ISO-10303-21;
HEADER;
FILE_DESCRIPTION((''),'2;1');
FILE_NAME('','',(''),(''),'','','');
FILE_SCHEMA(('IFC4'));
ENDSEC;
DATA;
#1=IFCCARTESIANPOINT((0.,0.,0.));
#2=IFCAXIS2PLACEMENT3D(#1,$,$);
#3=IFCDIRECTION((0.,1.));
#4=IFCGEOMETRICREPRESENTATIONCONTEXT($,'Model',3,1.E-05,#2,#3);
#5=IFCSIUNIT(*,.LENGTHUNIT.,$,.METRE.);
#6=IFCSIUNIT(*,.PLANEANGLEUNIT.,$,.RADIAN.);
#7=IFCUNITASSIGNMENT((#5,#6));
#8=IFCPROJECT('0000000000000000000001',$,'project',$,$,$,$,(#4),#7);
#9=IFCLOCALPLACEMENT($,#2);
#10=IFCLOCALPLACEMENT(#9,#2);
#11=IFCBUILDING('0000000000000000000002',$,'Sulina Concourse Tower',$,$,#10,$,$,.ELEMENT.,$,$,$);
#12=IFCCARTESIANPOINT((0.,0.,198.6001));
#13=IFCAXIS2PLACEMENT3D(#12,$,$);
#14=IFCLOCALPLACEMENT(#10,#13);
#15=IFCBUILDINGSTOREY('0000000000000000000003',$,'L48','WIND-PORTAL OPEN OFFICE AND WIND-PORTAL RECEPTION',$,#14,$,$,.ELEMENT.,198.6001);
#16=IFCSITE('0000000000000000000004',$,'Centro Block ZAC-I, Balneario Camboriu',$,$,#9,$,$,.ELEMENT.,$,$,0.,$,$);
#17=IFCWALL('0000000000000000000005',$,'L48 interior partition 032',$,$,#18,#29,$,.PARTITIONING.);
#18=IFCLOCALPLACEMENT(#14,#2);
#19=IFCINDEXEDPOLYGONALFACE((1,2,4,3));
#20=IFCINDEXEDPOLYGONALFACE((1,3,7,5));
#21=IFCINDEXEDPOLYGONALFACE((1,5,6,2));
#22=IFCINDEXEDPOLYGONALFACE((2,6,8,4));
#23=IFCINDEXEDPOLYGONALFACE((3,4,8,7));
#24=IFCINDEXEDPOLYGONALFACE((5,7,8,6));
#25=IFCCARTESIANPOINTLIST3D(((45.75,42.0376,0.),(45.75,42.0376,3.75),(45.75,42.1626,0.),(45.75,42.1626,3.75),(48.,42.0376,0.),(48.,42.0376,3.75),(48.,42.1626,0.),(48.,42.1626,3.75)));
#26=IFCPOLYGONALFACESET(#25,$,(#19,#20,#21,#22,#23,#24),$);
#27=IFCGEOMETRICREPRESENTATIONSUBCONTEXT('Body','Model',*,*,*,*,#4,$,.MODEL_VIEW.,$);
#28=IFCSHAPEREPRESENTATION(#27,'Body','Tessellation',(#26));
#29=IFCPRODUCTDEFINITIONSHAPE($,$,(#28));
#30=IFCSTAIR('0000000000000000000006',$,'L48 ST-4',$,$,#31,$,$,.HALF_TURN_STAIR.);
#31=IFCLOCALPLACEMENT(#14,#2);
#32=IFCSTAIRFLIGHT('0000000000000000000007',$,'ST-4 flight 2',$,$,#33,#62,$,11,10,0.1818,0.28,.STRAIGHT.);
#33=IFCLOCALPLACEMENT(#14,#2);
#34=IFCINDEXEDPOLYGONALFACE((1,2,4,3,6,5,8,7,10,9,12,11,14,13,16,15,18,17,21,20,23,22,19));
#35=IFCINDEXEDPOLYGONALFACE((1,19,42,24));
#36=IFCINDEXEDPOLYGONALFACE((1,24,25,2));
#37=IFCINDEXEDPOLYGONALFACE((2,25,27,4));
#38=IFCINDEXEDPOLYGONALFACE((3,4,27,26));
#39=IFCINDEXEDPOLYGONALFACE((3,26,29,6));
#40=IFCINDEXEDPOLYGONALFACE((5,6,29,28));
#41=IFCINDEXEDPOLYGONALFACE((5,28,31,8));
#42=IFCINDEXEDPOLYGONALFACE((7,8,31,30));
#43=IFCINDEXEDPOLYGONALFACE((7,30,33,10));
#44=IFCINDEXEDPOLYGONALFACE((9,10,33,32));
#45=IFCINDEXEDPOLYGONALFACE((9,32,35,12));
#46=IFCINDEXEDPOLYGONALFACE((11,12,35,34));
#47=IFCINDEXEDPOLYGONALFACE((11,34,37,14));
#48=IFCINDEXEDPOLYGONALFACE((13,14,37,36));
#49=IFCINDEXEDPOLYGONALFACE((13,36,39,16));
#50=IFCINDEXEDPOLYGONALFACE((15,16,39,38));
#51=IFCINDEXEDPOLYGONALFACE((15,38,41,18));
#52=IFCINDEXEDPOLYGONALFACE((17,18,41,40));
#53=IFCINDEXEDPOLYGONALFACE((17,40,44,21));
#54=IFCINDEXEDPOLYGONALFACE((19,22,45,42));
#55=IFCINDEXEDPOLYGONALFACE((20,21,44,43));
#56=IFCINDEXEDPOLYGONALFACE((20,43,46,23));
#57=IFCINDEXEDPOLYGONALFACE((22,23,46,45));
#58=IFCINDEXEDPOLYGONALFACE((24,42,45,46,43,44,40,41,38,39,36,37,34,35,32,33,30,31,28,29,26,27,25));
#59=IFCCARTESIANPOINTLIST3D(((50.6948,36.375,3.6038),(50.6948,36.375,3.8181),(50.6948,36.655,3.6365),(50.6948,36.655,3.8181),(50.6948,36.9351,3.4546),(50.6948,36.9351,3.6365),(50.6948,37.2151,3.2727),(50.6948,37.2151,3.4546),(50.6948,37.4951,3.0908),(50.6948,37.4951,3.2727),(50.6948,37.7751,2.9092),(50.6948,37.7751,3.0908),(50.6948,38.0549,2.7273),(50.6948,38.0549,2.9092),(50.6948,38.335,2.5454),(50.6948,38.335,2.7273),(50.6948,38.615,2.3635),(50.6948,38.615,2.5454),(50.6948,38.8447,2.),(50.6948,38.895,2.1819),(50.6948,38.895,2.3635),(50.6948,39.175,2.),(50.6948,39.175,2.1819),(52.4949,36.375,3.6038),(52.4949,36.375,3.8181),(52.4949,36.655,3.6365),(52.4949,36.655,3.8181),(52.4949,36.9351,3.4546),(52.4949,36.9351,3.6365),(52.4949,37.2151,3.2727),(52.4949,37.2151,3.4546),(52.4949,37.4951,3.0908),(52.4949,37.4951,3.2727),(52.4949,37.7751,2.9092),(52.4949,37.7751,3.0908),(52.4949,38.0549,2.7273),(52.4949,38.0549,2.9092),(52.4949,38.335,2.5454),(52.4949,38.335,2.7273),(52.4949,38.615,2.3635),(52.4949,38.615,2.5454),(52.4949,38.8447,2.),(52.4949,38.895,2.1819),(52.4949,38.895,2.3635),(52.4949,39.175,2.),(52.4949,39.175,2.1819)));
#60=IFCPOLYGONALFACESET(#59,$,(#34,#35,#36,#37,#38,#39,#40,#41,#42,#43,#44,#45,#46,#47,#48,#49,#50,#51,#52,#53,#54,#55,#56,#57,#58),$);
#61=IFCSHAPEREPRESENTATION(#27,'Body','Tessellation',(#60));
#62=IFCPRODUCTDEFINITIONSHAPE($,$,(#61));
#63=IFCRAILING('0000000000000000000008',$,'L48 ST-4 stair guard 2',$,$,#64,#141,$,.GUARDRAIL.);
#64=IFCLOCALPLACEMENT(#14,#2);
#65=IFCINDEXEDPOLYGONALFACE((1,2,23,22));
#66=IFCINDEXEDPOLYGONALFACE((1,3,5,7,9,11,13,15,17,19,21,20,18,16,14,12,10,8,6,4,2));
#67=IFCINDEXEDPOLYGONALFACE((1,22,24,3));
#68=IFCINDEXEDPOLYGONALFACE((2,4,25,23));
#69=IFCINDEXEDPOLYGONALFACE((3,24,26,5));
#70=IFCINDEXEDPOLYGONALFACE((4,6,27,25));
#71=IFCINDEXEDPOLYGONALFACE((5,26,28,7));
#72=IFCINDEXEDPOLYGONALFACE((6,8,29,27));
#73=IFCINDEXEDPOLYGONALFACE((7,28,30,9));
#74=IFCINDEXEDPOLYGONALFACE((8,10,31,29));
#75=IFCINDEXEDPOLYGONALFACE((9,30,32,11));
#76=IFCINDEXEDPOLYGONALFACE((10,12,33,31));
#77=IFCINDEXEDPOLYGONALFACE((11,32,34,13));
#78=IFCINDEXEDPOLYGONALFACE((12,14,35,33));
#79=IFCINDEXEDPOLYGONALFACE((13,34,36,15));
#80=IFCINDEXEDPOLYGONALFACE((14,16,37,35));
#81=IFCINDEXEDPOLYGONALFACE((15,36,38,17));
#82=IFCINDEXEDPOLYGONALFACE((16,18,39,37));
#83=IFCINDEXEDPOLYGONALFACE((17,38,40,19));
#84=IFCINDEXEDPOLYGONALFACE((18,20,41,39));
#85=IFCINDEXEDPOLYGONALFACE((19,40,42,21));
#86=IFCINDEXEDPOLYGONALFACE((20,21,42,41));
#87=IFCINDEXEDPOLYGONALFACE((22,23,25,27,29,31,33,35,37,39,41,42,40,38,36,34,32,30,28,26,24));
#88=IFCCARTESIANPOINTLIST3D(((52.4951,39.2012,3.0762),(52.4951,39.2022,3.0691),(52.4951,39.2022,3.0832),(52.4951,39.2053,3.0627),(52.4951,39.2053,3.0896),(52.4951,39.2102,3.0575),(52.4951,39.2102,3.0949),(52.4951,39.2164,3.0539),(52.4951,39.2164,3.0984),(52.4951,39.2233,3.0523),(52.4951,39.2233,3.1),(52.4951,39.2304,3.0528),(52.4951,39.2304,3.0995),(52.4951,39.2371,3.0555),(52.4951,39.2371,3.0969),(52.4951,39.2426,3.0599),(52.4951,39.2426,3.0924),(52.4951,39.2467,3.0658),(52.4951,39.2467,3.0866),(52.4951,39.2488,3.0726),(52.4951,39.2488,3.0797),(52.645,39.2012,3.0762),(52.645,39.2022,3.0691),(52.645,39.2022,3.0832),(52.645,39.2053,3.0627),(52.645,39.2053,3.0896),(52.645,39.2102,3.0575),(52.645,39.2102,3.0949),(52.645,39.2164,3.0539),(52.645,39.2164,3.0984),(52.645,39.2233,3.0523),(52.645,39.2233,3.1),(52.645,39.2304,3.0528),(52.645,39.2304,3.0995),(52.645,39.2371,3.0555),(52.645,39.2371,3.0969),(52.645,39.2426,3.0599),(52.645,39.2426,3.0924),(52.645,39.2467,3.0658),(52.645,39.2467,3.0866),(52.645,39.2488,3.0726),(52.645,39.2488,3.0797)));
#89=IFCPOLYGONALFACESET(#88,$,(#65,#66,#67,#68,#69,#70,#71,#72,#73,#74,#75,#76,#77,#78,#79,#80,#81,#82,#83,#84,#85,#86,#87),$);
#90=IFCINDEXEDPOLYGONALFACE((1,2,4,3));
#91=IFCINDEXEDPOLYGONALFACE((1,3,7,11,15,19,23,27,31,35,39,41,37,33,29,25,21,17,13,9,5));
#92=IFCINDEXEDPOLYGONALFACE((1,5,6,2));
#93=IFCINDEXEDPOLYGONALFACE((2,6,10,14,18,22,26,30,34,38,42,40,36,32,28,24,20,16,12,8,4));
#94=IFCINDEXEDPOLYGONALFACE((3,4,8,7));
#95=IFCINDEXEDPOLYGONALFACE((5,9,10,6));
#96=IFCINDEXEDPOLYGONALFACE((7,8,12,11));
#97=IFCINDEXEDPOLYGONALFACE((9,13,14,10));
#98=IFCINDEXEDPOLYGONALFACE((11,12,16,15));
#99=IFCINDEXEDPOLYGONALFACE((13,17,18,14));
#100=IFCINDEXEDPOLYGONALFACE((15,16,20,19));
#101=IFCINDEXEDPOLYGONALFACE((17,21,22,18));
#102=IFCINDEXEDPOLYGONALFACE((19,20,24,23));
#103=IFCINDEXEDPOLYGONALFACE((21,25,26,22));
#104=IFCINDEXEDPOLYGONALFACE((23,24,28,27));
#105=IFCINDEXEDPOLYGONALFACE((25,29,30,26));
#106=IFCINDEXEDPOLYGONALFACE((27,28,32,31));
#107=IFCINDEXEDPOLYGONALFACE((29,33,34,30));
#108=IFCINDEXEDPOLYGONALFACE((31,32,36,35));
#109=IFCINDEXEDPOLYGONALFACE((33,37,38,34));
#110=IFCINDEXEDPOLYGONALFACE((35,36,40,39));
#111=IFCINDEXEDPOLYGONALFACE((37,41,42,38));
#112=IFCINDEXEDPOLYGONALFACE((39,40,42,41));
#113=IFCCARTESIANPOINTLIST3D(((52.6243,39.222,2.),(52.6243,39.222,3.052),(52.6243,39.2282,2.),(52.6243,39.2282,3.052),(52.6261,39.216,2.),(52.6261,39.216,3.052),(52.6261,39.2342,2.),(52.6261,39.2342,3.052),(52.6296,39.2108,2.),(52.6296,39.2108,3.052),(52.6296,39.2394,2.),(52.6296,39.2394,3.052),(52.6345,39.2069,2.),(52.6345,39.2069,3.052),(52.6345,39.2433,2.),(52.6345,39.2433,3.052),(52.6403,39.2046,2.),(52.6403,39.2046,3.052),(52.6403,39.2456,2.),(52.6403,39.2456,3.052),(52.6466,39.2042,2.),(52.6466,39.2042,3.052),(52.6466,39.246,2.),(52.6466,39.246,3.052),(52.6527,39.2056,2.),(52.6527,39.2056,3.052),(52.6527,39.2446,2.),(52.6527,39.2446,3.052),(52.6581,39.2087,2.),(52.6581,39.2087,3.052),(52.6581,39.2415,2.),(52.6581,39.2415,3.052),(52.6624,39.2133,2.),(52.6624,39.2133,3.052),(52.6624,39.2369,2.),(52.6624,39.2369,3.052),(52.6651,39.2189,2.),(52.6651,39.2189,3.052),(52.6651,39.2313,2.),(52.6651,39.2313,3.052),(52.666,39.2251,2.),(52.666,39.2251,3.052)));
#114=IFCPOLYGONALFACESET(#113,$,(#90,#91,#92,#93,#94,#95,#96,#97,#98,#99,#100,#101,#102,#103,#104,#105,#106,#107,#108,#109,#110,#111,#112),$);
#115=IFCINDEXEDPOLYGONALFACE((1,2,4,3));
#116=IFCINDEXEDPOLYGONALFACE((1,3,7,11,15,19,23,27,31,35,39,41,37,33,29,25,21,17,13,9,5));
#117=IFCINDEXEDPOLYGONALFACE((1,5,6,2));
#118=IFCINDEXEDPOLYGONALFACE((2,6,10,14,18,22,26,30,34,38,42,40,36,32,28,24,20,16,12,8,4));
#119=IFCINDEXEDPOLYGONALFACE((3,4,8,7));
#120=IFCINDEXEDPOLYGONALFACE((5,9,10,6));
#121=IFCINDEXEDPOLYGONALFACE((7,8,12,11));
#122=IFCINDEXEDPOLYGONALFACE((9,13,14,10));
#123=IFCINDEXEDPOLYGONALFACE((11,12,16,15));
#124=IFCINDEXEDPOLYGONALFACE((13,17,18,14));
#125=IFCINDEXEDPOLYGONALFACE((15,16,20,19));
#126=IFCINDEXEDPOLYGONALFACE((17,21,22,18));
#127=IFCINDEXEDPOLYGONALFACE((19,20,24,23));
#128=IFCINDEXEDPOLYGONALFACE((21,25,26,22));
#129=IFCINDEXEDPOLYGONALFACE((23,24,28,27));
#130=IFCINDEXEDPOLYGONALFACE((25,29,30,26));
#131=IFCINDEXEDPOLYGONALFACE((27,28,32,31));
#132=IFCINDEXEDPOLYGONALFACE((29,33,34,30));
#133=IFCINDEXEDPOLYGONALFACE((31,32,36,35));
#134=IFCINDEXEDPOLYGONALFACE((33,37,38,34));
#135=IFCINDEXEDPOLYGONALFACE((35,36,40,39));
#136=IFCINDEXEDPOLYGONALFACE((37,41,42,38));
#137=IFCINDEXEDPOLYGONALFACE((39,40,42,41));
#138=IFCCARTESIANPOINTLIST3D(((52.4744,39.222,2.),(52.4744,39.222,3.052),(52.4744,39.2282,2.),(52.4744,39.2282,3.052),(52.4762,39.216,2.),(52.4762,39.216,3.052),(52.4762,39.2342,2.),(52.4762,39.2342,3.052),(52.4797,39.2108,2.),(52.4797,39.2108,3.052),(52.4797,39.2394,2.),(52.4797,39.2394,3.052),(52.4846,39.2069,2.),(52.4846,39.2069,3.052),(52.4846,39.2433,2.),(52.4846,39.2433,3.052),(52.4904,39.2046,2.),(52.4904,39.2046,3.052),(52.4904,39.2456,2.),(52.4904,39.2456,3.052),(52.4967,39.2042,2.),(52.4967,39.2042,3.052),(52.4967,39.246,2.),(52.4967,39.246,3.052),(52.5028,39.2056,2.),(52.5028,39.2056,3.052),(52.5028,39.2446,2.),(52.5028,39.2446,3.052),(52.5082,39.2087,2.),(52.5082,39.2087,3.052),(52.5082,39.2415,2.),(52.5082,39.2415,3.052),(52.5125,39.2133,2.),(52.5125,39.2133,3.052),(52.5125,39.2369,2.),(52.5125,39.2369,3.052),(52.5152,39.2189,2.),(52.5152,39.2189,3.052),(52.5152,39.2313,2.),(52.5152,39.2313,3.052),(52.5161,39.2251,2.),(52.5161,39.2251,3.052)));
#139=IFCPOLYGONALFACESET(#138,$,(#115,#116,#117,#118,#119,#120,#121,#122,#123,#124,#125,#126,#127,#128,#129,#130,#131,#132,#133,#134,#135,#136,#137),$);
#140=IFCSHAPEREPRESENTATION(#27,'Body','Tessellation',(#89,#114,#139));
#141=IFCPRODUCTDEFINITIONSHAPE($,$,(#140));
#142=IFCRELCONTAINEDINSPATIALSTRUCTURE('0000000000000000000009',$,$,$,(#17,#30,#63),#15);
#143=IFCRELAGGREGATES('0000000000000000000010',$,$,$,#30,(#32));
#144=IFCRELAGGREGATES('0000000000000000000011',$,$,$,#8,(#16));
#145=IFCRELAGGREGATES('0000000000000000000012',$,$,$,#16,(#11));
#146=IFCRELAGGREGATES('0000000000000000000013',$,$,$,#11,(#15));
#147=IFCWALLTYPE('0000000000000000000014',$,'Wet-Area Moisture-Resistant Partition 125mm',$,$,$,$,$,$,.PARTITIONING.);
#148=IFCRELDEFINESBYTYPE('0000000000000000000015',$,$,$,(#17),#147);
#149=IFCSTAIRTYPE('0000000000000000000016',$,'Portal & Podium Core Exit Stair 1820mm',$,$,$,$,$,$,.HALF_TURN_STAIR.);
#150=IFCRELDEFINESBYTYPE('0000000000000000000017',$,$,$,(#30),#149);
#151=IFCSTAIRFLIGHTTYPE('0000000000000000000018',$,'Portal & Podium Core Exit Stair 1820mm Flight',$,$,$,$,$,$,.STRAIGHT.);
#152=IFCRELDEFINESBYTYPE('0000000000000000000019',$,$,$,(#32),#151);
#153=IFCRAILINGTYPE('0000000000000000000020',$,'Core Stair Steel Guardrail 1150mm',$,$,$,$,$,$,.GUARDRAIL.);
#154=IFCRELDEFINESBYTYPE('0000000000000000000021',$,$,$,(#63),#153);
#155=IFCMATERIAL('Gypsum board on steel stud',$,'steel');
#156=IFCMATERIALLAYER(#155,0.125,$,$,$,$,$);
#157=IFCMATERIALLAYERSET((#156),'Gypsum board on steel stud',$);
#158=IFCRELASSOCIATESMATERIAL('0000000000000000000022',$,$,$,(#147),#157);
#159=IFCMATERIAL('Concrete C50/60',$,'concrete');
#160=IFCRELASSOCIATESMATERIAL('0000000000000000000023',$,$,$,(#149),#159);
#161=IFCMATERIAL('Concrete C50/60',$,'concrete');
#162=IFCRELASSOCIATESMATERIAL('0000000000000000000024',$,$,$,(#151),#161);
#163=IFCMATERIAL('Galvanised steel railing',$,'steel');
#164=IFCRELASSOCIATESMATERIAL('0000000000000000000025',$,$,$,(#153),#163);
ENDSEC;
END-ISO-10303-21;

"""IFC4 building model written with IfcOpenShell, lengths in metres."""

from ifc_helpers import new_model, si_unit, direction, frame, frame_2d, origin, origin_2d, place, context, subcontext, project, spatial, polyline, rectangle, circle, outline, extrude, material, layer, layer_set, type_object, element, aggregate, save


model = new_model("IFC4")

# Units and contexts
model_context = context("Model", 3, precision=1e-05, world=origin(), true_north=direction((0.0, 1.0)))
body_context = subcontext(model_context, "Body", "Model", "MODEL_VIEW")
ifc_project = project(units=[si_unit("LENGTHUNIT", "METRE"), si_unit("PLANEANGLEUNIT", "RADIAN")], contexts=[model_context])

# Site, building, storey
site_placement = place(None, origin())
site = spatial("IfcSite", under=ifc_project, at=site_placement, Name="Centro Block ZAC-I, Balneario Camboriu", CompositionType="ELEMENT", RefElevation=0.0)
building_placement = place(site_placement, origin())
building = spatial("IfcBuilding", under=site, at=building_placement, Name="Sulina Concourse Tower", CompositionType="ELEMENT")
storey_placement = place(building_placement, frame((0.0, 0.0, 198.6001)))
storey = spatial("IfcBuildingStorey", under=building, at=storey_placement, Name="L48", Description="WIND-PORTAL OPEN OFFICE AND WIND-PORTAL RECEPTION", CompositionType="ELEMENT", Elevation=198.6001)

# Wall
ifc_material_1 = material(Name="Gypsum board on steel stud", Category="steel")
ifc_layer_1 = layer(ifc_material_1, 0.125)
ifc_layer_set_1 = layer_set([ifc_layer_1], Name="Gypsum board on steel stud")
wall_type_1 = type_object("IfcWallType", Name="Wet-Area Moisture-Resistant Partition 125mm", PredefinedType="PARTITIONING", material=ifc_layer_set_1)
wall_1_placement = place(storey_placement, frame((45.75, 42.1001, 0.0), z_axis=(0.0, 0.0, 1.0), x_axis=(1.0, 0.0, 0.0)))
element("IfcWall", 1, at=wall_1_placement, inside=storey, type_object=wall_type_1, Name="L48 interior partition 032", PredefinedType="PARTITIONING", context=body_context, shape_type="SweptSolid", body=[
    extrude(rectangle(XDim=2.25, YDim=0.125, at=frame_2d((1.125, 0.0))), origin(), (0.0, 0.0, 1.0), 3.75),
])

# Stair, stair flight
ifc_material_2 = material(Name="Concrete C50/60", Category="concrete")
stair_type = type_object("IfcStairType", Name="Portal & Podium Core Exit Stair 1820mm", PredefinedType="HALF_TURN_STAIR", material=ifc_material_2)
stair_placement = place(storey_placement, origin())
stair = element("IfcStair", 2, at=stair_placement, inside=storey, type_object=stair_type, Name="L48 ST-4", PredefinedType="HALF_TURN_STAIR")
ifc_material_3 = material(Name="Concrete C50/60", Category="concrete")
stair_flight_type = type_object("IfcStairFlightType", Name="Portal & Podium Core Exit Stair 1820mm Flight", PredefinedType="STRAIGHT", material=ifc_material_3)
stair_flight_placement = place(storey_placement, frame((51.595, 39.175, 2.0), z_axis=(0.0, 0.0, 1.0), x_axis=(0.0, -1.0, 0.0)))
stair_flight = element("IfcStairFlight", 3, at=stair_flight_placement, type_object=stair_flight_type, Name="ST-4 flight 2", NumberOfRisers=11, NumberOfTreads=10, PredefinedType="STRAIGHT", RiserHeight=0.1818, TreadLength=0.28, context=body_context, shape_type="SweptSolid", body=[
    extrude(outline(polyline([(0.0, 0.0), (0.0, 0.1819), (0.28, 0.1819), (0.28, 0.3635), (0.5601, 0.3635), (0.5601, 0.5454), (0.8401, 0.5454), (0.8401, 0.7273), (1.1201, 0.7273), (1.1201, 0.9092), (1.3999, 0.9092), (1.3999, 1.0908), (1.6799, 1.0908), (1.6799, 1.2727), (1.96, 1.2727), (1.96, 1.4546), (2.24, 1.4546), (2.24, 1.6365), (2.52, 1.6365), (2.52, 1.8181), (2.8, 1.8181), (2.8, 2.0), (2.8, 1.6038), (0.3303, 0.0), (0.0, 0.0)])), frame((0.0, 0.8999, 0.0), z_axis=(0.0, -1.0, 0.0), x_axis=(1.0, 0.0, 0.0)), (0.0, 0.0, 1.0), 1.8),
])
aggregate(stair, [stair_flight])

# Railing
ifc_material_4 = material(Name="Galvanised steel railing", Category="steel")
railing_type_1 = type_object("IfcRailingType", Name="Core Stair Steel Guardrail 1150mm", PredefinedType="GUARDRAIL", material=ifc_material_4)
railing_1_placement = place(storey_placement, frame((52.645, 39.2251, 2.0)))
element("IfcRailing", 4, at=railing_1_placement, inside=storey, type_object=railing_type_1, Name="L48 ST-4 stair guard 2", PredefinedType="GUARDRAIL", context=body_context, shape_type="SweptSolid", body=[
    extrude(circle(Radius=0.0239, at=origin_2d()), frame((0.0, 0.0, 1.0762), z_axis=(-1.0, 0.0, 0.0), x_axis=(0.0, -1.0, 0.0)), (0.0, 0.0, 1.0), 0.1499),
    extrude(circle(Radius=0.021, at=origin_2d()), origin(), (0.0, 0.0, 1.0), 1.052),
    extrude(circle(Radius=0.021, at=origin_2d()), frame((-0.1499, 0.0, 0.0)), (0.0, 0.0, 1.0), 1.052),
])

save(model, "model.ifc")
